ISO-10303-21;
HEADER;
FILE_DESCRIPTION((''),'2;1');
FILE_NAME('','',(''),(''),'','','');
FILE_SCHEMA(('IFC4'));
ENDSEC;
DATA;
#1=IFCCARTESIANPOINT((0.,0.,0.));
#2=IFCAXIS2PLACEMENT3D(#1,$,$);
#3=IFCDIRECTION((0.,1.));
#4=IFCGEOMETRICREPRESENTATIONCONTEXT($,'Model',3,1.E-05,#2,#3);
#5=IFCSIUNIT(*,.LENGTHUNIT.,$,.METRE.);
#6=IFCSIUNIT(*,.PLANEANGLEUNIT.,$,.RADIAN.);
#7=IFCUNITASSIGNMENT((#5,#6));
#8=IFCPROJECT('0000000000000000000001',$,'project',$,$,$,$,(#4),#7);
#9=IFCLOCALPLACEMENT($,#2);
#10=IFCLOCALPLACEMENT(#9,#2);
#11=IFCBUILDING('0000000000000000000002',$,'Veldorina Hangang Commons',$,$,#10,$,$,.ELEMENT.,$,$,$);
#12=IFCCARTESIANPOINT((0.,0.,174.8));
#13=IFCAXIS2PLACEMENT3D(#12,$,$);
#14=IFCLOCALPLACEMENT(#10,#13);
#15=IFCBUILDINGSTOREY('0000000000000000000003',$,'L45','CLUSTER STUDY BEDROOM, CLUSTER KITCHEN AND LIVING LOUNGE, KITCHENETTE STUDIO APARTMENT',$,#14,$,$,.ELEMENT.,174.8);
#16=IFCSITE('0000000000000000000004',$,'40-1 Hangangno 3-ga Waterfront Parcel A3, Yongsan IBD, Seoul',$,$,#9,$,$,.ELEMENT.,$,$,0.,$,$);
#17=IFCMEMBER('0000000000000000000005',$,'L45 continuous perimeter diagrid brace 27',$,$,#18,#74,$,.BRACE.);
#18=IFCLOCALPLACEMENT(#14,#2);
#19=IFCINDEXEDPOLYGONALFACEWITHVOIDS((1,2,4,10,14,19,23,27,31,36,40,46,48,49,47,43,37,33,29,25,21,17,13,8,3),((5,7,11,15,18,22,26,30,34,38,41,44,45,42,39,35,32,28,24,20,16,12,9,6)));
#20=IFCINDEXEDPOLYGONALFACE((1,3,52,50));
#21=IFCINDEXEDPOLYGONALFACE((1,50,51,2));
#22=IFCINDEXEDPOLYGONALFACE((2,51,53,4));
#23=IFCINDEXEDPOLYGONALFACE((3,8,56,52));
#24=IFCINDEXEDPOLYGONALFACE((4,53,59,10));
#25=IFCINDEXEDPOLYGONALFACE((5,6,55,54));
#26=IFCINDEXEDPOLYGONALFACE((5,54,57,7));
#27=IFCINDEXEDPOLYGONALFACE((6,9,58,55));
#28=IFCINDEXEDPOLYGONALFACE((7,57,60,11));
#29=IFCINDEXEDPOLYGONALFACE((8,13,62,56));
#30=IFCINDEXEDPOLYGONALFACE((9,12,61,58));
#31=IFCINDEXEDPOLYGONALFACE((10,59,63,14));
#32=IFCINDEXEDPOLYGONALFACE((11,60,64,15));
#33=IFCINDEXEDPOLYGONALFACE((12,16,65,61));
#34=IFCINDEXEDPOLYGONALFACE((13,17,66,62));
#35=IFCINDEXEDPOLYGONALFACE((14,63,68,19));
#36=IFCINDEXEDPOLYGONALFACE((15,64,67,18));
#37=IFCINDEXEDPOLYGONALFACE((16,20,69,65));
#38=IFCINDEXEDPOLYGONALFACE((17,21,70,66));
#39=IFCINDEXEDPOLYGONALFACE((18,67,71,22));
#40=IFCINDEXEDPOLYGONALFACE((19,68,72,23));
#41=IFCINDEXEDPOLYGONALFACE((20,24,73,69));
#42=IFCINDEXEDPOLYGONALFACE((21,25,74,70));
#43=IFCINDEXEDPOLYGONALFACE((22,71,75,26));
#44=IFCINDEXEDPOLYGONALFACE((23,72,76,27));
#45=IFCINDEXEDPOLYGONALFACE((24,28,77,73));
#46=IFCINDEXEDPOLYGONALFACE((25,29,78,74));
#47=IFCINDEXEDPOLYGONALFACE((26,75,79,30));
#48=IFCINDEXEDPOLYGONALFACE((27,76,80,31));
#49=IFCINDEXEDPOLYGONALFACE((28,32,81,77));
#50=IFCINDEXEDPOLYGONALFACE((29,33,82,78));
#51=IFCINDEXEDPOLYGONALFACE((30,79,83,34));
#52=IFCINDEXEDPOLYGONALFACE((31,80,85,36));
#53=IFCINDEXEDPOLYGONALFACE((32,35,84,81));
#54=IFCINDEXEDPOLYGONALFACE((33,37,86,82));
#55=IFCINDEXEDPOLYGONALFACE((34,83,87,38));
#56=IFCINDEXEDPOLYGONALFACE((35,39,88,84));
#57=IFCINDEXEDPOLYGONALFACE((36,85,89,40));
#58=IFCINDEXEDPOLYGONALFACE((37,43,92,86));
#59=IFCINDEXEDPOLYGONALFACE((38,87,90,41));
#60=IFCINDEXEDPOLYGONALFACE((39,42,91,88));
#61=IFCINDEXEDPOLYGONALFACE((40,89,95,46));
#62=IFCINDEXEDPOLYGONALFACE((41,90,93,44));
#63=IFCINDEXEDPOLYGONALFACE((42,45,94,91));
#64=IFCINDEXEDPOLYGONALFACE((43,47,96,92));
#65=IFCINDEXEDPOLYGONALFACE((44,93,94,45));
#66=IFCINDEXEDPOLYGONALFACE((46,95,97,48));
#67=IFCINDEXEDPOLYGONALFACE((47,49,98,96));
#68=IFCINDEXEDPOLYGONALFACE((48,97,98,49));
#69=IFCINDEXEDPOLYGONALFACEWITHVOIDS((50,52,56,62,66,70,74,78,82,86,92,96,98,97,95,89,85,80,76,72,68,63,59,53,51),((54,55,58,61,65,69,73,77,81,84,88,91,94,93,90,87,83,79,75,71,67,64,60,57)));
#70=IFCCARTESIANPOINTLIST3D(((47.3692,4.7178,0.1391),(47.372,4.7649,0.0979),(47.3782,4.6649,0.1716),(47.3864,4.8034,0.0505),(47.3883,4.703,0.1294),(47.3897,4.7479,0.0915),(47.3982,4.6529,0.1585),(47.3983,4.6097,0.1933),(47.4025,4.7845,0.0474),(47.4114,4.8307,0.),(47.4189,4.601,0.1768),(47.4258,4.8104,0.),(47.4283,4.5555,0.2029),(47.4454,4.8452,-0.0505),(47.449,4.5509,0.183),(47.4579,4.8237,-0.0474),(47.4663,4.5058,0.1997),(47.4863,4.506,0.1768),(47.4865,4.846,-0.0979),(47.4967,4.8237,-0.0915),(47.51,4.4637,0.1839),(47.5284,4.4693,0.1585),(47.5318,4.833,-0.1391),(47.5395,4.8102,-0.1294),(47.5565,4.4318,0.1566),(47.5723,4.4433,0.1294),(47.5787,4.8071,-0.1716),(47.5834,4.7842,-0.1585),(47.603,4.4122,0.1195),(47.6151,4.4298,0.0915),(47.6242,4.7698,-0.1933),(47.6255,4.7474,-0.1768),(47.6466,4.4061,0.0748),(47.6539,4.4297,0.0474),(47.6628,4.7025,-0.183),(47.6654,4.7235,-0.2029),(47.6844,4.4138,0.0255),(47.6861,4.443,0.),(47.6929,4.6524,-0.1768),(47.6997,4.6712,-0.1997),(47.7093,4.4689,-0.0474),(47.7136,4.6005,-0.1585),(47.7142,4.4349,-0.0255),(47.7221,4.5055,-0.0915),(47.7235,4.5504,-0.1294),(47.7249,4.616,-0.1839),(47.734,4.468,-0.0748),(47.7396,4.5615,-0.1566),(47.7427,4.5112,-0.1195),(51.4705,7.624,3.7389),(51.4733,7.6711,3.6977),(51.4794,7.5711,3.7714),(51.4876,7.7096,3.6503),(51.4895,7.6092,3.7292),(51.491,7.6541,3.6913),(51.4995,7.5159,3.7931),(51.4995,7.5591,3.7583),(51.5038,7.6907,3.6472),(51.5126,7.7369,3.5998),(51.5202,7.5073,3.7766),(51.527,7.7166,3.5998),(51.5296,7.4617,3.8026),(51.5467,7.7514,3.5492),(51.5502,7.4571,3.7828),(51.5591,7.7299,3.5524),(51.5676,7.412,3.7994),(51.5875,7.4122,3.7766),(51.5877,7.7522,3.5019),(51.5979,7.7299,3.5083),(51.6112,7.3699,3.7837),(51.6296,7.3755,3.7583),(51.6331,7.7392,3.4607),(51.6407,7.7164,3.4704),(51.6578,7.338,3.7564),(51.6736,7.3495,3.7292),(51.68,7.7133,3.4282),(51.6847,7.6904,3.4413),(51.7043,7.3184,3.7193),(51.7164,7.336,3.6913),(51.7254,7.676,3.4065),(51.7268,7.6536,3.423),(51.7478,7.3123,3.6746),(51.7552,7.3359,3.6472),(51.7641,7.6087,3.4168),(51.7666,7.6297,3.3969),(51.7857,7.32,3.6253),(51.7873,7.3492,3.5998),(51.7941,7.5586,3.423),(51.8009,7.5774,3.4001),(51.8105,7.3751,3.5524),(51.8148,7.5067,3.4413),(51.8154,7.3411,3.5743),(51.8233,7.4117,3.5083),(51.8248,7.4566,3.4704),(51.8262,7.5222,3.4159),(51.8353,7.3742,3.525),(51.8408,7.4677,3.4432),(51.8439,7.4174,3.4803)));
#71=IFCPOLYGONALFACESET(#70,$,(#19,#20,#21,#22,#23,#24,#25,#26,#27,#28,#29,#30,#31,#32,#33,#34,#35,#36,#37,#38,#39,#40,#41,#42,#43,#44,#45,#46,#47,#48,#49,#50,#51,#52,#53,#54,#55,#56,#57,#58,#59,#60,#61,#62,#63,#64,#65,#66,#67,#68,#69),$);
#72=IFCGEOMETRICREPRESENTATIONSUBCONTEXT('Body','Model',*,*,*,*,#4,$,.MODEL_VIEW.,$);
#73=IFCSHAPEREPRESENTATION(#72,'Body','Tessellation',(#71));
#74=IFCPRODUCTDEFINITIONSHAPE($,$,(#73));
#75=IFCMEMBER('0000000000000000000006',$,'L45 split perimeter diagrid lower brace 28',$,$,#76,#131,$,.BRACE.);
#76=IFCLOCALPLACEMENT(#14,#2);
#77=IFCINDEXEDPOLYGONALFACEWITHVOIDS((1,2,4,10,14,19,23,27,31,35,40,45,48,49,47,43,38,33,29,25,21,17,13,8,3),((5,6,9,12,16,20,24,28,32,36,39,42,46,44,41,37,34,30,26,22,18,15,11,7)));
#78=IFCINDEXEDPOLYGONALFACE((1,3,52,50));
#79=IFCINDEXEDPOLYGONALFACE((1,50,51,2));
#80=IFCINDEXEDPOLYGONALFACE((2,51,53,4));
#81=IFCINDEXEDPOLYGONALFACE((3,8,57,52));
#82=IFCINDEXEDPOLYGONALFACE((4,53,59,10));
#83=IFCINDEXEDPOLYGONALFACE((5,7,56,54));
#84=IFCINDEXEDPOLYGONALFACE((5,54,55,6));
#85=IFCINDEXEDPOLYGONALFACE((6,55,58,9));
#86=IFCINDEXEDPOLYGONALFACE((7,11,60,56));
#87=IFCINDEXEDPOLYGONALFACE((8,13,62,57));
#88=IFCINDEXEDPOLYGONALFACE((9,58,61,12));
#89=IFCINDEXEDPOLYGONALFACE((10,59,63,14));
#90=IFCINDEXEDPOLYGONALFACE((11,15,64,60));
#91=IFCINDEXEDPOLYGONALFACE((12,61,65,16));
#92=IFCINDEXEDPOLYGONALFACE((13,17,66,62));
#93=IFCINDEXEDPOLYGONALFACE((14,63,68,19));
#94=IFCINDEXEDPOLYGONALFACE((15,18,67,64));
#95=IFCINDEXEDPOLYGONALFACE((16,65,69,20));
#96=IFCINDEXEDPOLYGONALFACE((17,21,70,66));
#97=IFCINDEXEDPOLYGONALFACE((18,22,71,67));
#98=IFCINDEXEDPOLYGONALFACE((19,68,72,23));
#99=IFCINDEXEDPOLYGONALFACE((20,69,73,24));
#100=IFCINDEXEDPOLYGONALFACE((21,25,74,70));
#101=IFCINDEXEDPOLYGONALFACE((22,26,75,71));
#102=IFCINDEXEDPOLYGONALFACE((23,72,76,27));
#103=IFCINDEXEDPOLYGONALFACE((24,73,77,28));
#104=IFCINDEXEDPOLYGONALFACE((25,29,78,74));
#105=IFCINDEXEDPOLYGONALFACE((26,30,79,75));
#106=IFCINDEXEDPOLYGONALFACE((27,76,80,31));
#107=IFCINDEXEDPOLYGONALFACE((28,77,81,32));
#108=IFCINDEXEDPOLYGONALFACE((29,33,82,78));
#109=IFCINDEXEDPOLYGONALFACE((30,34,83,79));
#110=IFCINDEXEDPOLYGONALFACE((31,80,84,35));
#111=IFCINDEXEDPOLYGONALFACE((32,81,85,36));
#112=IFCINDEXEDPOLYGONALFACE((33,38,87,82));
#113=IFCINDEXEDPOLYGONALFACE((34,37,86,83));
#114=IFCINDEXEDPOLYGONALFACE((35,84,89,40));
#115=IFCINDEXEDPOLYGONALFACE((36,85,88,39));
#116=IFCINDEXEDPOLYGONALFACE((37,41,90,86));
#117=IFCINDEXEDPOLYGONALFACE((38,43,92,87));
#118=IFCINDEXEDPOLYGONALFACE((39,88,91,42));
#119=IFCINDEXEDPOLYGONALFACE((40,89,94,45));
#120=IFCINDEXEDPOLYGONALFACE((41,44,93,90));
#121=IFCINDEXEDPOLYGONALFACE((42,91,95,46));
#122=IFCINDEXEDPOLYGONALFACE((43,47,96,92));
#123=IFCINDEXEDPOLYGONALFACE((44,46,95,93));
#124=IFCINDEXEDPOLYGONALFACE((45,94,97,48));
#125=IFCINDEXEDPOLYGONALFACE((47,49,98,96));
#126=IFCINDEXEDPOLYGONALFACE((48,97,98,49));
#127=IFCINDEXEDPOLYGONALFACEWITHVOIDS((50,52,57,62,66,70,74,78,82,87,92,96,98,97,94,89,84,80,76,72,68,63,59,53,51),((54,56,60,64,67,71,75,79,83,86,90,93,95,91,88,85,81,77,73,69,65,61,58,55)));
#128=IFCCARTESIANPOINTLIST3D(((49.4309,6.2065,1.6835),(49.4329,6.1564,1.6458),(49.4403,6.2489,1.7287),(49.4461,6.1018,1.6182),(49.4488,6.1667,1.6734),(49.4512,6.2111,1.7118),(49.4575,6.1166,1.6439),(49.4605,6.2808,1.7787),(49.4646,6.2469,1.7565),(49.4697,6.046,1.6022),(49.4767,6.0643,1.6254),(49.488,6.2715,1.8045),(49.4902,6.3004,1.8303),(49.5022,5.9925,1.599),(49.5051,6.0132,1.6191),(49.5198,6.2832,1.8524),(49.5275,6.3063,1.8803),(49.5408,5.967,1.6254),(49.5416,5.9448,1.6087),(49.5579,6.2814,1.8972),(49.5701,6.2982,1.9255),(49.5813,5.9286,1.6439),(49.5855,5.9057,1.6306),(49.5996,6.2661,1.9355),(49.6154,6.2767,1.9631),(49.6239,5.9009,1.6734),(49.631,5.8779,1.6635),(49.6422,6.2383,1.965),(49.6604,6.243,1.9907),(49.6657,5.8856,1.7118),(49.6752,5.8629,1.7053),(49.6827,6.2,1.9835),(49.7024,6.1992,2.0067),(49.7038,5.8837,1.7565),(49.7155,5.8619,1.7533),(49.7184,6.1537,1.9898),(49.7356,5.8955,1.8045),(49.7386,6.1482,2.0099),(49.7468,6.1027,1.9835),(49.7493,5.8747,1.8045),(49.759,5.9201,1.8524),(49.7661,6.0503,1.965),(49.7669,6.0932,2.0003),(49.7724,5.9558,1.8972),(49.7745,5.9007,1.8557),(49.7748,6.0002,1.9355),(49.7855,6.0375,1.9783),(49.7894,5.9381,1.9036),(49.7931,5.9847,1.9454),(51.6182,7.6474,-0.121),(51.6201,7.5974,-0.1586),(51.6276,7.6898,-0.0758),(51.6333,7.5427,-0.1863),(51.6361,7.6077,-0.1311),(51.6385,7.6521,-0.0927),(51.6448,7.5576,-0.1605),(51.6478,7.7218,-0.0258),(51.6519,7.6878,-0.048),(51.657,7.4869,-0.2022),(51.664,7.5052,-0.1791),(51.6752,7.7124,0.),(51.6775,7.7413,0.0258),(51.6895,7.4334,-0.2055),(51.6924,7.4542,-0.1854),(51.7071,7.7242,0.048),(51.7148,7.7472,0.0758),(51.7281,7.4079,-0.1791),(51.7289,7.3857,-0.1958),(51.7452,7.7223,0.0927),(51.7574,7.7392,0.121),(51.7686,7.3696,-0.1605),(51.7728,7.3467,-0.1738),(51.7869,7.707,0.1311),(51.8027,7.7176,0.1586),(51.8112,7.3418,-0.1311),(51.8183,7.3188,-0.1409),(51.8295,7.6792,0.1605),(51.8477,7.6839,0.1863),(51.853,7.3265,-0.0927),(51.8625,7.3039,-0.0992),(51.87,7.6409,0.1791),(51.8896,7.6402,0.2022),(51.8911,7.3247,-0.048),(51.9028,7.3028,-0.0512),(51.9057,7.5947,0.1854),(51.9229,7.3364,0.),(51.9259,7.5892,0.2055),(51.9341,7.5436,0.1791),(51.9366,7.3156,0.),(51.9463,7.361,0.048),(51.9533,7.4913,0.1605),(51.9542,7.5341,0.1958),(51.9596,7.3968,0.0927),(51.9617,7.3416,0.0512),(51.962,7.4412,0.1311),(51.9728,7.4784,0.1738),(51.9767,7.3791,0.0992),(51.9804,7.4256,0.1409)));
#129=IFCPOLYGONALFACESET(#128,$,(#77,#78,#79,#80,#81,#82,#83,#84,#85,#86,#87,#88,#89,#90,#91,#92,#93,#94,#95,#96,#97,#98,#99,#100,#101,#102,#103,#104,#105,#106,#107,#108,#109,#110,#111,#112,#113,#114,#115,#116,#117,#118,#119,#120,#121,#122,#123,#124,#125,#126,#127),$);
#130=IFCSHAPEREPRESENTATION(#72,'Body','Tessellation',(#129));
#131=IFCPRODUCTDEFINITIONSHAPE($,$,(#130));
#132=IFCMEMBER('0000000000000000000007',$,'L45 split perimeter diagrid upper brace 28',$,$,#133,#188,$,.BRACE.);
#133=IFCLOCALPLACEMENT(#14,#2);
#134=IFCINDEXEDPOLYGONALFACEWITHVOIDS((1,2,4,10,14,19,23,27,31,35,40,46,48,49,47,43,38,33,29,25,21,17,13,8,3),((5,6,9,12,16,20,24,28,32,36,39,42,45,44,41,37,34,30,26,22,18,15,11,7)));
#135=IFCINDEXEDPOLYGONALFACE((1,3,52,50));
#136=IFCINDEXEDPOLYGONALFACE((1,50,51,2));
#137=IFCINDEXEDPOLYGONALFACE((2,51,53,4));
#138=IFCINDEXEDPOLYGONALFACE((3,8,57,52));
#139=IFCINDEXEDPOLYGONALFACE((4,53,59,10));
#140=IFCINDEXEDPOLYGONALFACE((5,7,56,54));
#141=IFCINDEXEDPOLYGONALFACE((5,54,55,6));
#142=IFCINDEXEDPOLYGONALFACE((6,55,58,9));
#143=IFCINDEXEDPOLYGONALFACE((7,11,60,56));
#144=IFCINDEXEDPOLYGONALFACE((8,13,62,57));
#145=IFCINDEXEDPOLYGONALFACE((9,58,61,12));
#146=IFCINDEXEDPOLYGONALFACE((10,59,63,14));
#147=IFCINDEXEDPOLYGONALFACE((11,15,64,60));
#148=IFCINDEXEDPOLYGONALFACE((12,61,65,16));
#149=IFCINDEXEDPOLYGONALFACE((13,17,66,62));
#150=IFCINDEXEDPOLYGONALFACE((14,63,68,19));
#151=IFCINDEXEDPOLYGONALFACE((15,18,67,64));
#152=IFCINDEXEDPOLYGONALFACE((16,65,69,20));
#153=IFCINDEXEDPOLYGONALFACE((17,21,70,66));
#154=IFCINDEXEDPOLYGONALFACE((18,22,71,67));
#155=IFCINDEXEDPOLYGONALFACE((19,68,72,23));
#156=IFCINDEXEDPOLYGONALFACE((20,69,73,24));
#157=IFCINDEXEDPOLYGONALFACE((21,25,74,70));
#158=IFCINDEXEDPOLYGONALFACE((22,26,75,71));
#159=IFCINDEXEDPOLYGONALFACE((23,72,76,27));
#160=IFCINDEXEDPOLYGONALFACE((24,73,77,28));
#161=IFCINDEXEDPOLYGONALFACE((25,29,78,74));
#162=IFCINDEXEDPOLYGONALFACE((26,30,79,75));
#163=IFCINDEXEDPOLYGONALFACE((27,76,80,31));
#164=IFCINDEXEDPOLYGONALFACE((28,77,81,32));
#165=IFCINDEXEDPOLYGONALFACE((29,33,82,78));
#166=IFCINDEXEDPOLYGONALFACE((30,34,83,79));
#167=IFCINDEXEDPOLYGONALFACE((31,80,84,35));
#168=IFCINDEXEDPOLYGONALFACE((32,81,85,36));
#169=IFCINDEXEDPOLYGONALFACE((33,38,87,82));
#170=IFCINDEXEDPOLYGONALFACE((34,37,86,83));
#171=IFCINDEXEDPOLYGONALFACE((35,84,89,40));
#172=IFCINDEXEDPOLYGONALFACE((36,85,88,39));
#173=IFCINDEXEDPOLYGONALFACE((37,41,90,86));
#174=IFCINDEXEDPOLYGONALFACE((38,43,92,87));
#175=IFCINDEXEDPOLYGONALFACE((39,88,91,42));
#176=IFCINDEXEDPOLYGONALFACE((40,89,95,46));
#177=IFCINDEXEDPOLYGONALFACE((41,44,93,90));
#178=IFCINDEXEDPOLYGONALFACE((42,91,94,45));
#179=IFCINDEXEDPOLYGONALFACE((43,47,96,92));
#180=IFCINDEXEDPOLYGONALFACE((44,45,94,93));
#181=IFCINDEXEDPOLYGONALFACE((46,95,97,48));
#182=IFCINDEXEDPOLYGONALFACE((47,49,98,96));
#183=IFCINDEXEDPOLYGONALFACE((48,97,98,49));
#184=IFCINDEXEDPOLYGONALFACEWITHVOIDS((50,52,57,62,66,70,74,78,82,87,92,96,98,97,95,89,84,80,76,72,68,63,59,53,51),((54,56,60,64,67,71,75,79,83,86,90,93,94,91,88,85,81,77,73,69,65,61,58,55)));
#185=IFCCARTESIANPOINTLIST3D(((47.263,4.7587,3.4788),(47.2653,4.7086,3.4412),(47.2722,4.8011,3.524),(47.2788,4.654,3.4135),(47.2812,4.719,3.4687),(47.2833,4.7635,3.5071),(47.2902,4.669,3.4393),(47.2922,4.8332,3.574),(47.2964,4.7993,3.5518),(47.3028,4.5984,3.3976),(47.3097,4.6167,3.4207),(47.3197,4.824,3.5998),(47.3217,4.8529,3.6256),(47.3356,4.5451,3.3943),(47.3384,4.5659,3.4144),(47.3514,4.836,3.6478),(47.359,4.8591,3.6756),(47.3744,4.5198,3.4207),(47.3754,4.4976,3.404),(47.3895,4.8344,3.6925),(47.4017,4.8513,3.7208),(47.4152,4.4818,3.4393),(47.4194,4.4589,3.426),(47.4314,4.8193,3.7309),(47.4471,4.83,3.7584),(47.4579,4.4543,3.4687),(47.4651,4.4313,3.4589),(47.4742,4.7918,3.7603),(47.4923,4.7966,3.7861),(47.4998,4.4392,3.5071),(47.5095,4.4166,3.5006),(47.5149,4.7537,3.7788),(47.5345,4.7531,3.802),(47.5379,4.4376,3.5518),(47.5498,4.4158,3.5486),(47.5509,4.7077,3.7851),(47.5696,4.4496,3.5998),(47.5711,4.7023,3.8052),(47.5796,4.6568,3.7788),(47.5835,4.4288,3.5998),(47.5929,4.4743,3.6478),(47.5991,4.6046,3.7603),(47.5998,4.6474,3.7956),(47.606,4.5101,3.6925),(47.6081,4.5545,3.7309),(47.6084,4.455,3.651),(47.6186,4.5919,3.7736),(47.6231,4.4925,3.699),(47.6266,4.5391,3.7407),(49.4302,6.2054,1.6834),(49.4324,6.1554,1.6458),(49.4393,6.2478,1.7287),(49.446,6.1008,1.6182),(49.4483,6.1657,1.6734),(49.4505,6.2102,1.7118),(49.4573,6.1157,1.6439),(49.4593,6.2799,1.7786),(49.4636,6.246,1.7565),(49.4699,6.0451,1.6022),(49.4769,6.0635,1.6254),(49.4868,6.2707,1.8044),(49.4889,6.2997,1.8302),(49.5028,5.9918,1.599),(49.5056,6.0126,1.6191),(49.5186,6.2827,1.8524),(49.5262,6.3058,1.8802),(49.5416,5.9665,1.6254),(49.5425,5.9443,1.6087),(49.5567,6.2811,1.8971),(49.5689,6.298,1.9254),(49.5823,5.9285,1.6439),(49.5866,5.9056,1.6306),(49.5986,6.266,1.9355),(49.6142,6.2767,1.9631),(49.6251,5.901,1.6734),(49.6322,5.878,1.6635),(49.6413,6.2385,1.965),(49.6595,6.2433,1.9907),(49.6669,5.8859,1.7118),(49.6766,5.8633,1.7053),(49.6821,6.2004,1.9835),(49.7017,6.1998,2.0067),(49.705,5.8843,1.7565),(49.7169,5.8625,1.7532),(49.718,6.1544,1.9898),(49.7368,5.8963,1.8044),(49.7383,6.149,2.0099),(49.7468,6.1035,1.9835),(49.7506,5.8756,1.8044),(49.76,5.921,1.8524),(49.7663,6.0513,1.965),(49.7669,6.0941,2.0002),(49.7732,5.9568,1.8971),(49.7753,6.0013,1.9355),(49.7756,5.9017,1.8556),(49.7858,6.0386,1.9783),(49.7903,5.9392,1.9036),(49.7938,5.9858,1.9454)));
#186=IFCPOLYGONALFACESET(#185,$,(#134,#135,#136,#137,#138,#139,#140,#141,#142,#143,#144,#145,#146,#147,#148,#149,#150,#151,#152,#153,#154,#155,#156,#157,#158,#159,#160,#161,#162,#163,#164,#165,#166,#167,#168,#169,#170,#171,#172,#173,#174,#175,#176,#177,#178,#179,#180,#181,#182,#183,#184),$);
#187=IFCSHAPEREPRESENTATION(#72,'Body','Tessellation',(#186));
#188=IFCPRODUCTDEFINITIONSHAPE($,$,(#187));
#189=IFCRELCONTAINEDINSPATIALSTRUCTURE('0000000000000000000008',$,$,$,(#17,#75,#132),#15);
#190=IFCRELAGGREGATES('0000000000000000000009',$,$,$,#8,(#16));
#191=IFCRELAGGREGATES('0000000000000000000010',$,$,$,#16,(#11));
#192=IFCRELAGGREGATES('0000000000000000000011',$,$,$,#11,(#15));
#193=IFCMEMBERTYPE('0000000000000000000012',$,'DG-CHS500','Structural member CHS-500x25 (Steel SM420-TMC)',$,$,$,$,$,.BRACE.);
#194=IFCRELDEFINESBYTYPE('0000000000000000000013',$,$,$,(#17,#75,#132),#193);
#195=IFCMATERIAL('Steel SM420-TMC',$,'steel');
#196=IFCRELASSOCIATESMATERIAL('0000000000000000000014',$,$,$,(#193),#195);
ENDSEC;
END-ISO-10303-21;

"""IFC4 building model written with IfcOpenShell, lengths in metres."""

from ifc_helpers import new_model, si_unit, direction, frame, origin, origin_2d, place, context, subcontext, project, spatial, hollow_circle, extrude, material, material_profile, profile_set, type_object, element, save


model = new_model("IFC4")

# Units and contexts
model_context = context("Model", 3, precision=1e-05, world=origin(), true_north=direction((0.0, 1.0)))
body_context = subcontext(model_context, "Body", "Model", "MODEL_VIEW")
ifc_project = project(units=[si_unit("LENGTHUNIT", "METRE"), si_unit("PLANEANGLEUNIT", "RADIAN")], contexts=[model_context])

# Site, building, storey
site_placement = place(None, origin())
site = spatial("IfcSite", under=ifc_project, at=site_placement, Name="40-1 Hangangno 3-ga Waterfront Parcel A3, Yongsan IBD, Seoul", CompositionType="ELEMENT", RefElevation=0.0)
building_placement = place(site_placement, origin())
building = spatial("IfcBuilding", under=site, at=building_placement, Name="Veldorina Hangang Commons", CompositionType="ELEMENT")
storey_placement = place(building_placement, frame((0.0, 0.0, 174.8)))
storey = spatial("IfcBuildingStorey", under=building, at=storey_placement, Name="L45", Description="CLUSTER STUDY BEDROOM, CLUSTER KITCHEN AND LIVING LOUNGE, KITCHENETTE STUDIO APARTMENT", CompositionType="ELEMENT", Elevation=174.8)

# Shared definitions
ifc_material_1 = material(Name="Steel SM420-TMC", Category="steel")

# Members
ifc_material_profile_1 = material_profile(ifc_material_1, hollow_circle(Radius=0.25, WallThickness=0.0249, at=origin_2d()), Name="CHS-500x25")
ifc_profile_set_1 = profile_set([ifc_material_profile_1], Name="Steel SM420-TMC")
member_type_1 = type_object("IfcMemberType", Name="DG-CHS500", Description="Structural member CHS-500x25 (Steel SM420-TMC)", PredefinedType="BRACE", material=ifc_profile_set_1)
member_1_placement = place(storey_placement, frame((47.5559, 4.6267, 0.0), z_axis=(0.663352, 0.47006, 0.582244), x_axis=(-0.57817, 0.815917, 0.0)))
element("IfcMember", 1, at=member_1_placement, inside=storey, type_object=member_type_1, Name="L45 continuous perimeter diagrid brace 27", PredefinedType="BRACE", context=body_context, shape_type="SweptSolid", body=[
    extrude(hollow_circle(Radius=0.25, WallThickness=0.0249, at=origin_2d()), origin(), (0.0, 0.0, 1.0), 6.1826),
])
member_2_placement = place(storey_placement, frame((51.7991, 7.5244, 0.0), z_axis=(-0.687682, -0.45303, 0.567324), x_axis=(0.550132, -0.835078, 0.0)))
element("IfcMember", 2, at=member_2_placement, inside=storey, type_object=member_type_1, Name="L45 split perimeter diagrid lower brace 28", PredefinedType="BRACE", context=body_context, shape_type="SweptSolid", body=[
    extrude(hollow_circle(Radius=0.25, WallThickness=0.0249, at=origin_2d()), origin(), (0.0, 0.0, 1.0), 3.1807),
])
member_3_placement = place(storey_placement, frame((49.6118, 6.0835, 1.8044), z_axis=(-0.684876, -0.457201, 0.567374), x_axis=(0.555219, -0.831704, 0.0)))
element("IfcMember", 3, at=member_3_placement, inside=storey, type_object=member_type_1, Name="L45 split perimeter diagrid upper brace 28", PredefinedType="BRACE", context=body_context, shape_type="SweptSolid", body=[
    extrude(hollow_circle(Radius=0.25, WallThickness=0.0249, at=origin_2d()), origin(), (0.0, 0.0, 1.0), 3.1643),
])

save(model, "model.ifc")
